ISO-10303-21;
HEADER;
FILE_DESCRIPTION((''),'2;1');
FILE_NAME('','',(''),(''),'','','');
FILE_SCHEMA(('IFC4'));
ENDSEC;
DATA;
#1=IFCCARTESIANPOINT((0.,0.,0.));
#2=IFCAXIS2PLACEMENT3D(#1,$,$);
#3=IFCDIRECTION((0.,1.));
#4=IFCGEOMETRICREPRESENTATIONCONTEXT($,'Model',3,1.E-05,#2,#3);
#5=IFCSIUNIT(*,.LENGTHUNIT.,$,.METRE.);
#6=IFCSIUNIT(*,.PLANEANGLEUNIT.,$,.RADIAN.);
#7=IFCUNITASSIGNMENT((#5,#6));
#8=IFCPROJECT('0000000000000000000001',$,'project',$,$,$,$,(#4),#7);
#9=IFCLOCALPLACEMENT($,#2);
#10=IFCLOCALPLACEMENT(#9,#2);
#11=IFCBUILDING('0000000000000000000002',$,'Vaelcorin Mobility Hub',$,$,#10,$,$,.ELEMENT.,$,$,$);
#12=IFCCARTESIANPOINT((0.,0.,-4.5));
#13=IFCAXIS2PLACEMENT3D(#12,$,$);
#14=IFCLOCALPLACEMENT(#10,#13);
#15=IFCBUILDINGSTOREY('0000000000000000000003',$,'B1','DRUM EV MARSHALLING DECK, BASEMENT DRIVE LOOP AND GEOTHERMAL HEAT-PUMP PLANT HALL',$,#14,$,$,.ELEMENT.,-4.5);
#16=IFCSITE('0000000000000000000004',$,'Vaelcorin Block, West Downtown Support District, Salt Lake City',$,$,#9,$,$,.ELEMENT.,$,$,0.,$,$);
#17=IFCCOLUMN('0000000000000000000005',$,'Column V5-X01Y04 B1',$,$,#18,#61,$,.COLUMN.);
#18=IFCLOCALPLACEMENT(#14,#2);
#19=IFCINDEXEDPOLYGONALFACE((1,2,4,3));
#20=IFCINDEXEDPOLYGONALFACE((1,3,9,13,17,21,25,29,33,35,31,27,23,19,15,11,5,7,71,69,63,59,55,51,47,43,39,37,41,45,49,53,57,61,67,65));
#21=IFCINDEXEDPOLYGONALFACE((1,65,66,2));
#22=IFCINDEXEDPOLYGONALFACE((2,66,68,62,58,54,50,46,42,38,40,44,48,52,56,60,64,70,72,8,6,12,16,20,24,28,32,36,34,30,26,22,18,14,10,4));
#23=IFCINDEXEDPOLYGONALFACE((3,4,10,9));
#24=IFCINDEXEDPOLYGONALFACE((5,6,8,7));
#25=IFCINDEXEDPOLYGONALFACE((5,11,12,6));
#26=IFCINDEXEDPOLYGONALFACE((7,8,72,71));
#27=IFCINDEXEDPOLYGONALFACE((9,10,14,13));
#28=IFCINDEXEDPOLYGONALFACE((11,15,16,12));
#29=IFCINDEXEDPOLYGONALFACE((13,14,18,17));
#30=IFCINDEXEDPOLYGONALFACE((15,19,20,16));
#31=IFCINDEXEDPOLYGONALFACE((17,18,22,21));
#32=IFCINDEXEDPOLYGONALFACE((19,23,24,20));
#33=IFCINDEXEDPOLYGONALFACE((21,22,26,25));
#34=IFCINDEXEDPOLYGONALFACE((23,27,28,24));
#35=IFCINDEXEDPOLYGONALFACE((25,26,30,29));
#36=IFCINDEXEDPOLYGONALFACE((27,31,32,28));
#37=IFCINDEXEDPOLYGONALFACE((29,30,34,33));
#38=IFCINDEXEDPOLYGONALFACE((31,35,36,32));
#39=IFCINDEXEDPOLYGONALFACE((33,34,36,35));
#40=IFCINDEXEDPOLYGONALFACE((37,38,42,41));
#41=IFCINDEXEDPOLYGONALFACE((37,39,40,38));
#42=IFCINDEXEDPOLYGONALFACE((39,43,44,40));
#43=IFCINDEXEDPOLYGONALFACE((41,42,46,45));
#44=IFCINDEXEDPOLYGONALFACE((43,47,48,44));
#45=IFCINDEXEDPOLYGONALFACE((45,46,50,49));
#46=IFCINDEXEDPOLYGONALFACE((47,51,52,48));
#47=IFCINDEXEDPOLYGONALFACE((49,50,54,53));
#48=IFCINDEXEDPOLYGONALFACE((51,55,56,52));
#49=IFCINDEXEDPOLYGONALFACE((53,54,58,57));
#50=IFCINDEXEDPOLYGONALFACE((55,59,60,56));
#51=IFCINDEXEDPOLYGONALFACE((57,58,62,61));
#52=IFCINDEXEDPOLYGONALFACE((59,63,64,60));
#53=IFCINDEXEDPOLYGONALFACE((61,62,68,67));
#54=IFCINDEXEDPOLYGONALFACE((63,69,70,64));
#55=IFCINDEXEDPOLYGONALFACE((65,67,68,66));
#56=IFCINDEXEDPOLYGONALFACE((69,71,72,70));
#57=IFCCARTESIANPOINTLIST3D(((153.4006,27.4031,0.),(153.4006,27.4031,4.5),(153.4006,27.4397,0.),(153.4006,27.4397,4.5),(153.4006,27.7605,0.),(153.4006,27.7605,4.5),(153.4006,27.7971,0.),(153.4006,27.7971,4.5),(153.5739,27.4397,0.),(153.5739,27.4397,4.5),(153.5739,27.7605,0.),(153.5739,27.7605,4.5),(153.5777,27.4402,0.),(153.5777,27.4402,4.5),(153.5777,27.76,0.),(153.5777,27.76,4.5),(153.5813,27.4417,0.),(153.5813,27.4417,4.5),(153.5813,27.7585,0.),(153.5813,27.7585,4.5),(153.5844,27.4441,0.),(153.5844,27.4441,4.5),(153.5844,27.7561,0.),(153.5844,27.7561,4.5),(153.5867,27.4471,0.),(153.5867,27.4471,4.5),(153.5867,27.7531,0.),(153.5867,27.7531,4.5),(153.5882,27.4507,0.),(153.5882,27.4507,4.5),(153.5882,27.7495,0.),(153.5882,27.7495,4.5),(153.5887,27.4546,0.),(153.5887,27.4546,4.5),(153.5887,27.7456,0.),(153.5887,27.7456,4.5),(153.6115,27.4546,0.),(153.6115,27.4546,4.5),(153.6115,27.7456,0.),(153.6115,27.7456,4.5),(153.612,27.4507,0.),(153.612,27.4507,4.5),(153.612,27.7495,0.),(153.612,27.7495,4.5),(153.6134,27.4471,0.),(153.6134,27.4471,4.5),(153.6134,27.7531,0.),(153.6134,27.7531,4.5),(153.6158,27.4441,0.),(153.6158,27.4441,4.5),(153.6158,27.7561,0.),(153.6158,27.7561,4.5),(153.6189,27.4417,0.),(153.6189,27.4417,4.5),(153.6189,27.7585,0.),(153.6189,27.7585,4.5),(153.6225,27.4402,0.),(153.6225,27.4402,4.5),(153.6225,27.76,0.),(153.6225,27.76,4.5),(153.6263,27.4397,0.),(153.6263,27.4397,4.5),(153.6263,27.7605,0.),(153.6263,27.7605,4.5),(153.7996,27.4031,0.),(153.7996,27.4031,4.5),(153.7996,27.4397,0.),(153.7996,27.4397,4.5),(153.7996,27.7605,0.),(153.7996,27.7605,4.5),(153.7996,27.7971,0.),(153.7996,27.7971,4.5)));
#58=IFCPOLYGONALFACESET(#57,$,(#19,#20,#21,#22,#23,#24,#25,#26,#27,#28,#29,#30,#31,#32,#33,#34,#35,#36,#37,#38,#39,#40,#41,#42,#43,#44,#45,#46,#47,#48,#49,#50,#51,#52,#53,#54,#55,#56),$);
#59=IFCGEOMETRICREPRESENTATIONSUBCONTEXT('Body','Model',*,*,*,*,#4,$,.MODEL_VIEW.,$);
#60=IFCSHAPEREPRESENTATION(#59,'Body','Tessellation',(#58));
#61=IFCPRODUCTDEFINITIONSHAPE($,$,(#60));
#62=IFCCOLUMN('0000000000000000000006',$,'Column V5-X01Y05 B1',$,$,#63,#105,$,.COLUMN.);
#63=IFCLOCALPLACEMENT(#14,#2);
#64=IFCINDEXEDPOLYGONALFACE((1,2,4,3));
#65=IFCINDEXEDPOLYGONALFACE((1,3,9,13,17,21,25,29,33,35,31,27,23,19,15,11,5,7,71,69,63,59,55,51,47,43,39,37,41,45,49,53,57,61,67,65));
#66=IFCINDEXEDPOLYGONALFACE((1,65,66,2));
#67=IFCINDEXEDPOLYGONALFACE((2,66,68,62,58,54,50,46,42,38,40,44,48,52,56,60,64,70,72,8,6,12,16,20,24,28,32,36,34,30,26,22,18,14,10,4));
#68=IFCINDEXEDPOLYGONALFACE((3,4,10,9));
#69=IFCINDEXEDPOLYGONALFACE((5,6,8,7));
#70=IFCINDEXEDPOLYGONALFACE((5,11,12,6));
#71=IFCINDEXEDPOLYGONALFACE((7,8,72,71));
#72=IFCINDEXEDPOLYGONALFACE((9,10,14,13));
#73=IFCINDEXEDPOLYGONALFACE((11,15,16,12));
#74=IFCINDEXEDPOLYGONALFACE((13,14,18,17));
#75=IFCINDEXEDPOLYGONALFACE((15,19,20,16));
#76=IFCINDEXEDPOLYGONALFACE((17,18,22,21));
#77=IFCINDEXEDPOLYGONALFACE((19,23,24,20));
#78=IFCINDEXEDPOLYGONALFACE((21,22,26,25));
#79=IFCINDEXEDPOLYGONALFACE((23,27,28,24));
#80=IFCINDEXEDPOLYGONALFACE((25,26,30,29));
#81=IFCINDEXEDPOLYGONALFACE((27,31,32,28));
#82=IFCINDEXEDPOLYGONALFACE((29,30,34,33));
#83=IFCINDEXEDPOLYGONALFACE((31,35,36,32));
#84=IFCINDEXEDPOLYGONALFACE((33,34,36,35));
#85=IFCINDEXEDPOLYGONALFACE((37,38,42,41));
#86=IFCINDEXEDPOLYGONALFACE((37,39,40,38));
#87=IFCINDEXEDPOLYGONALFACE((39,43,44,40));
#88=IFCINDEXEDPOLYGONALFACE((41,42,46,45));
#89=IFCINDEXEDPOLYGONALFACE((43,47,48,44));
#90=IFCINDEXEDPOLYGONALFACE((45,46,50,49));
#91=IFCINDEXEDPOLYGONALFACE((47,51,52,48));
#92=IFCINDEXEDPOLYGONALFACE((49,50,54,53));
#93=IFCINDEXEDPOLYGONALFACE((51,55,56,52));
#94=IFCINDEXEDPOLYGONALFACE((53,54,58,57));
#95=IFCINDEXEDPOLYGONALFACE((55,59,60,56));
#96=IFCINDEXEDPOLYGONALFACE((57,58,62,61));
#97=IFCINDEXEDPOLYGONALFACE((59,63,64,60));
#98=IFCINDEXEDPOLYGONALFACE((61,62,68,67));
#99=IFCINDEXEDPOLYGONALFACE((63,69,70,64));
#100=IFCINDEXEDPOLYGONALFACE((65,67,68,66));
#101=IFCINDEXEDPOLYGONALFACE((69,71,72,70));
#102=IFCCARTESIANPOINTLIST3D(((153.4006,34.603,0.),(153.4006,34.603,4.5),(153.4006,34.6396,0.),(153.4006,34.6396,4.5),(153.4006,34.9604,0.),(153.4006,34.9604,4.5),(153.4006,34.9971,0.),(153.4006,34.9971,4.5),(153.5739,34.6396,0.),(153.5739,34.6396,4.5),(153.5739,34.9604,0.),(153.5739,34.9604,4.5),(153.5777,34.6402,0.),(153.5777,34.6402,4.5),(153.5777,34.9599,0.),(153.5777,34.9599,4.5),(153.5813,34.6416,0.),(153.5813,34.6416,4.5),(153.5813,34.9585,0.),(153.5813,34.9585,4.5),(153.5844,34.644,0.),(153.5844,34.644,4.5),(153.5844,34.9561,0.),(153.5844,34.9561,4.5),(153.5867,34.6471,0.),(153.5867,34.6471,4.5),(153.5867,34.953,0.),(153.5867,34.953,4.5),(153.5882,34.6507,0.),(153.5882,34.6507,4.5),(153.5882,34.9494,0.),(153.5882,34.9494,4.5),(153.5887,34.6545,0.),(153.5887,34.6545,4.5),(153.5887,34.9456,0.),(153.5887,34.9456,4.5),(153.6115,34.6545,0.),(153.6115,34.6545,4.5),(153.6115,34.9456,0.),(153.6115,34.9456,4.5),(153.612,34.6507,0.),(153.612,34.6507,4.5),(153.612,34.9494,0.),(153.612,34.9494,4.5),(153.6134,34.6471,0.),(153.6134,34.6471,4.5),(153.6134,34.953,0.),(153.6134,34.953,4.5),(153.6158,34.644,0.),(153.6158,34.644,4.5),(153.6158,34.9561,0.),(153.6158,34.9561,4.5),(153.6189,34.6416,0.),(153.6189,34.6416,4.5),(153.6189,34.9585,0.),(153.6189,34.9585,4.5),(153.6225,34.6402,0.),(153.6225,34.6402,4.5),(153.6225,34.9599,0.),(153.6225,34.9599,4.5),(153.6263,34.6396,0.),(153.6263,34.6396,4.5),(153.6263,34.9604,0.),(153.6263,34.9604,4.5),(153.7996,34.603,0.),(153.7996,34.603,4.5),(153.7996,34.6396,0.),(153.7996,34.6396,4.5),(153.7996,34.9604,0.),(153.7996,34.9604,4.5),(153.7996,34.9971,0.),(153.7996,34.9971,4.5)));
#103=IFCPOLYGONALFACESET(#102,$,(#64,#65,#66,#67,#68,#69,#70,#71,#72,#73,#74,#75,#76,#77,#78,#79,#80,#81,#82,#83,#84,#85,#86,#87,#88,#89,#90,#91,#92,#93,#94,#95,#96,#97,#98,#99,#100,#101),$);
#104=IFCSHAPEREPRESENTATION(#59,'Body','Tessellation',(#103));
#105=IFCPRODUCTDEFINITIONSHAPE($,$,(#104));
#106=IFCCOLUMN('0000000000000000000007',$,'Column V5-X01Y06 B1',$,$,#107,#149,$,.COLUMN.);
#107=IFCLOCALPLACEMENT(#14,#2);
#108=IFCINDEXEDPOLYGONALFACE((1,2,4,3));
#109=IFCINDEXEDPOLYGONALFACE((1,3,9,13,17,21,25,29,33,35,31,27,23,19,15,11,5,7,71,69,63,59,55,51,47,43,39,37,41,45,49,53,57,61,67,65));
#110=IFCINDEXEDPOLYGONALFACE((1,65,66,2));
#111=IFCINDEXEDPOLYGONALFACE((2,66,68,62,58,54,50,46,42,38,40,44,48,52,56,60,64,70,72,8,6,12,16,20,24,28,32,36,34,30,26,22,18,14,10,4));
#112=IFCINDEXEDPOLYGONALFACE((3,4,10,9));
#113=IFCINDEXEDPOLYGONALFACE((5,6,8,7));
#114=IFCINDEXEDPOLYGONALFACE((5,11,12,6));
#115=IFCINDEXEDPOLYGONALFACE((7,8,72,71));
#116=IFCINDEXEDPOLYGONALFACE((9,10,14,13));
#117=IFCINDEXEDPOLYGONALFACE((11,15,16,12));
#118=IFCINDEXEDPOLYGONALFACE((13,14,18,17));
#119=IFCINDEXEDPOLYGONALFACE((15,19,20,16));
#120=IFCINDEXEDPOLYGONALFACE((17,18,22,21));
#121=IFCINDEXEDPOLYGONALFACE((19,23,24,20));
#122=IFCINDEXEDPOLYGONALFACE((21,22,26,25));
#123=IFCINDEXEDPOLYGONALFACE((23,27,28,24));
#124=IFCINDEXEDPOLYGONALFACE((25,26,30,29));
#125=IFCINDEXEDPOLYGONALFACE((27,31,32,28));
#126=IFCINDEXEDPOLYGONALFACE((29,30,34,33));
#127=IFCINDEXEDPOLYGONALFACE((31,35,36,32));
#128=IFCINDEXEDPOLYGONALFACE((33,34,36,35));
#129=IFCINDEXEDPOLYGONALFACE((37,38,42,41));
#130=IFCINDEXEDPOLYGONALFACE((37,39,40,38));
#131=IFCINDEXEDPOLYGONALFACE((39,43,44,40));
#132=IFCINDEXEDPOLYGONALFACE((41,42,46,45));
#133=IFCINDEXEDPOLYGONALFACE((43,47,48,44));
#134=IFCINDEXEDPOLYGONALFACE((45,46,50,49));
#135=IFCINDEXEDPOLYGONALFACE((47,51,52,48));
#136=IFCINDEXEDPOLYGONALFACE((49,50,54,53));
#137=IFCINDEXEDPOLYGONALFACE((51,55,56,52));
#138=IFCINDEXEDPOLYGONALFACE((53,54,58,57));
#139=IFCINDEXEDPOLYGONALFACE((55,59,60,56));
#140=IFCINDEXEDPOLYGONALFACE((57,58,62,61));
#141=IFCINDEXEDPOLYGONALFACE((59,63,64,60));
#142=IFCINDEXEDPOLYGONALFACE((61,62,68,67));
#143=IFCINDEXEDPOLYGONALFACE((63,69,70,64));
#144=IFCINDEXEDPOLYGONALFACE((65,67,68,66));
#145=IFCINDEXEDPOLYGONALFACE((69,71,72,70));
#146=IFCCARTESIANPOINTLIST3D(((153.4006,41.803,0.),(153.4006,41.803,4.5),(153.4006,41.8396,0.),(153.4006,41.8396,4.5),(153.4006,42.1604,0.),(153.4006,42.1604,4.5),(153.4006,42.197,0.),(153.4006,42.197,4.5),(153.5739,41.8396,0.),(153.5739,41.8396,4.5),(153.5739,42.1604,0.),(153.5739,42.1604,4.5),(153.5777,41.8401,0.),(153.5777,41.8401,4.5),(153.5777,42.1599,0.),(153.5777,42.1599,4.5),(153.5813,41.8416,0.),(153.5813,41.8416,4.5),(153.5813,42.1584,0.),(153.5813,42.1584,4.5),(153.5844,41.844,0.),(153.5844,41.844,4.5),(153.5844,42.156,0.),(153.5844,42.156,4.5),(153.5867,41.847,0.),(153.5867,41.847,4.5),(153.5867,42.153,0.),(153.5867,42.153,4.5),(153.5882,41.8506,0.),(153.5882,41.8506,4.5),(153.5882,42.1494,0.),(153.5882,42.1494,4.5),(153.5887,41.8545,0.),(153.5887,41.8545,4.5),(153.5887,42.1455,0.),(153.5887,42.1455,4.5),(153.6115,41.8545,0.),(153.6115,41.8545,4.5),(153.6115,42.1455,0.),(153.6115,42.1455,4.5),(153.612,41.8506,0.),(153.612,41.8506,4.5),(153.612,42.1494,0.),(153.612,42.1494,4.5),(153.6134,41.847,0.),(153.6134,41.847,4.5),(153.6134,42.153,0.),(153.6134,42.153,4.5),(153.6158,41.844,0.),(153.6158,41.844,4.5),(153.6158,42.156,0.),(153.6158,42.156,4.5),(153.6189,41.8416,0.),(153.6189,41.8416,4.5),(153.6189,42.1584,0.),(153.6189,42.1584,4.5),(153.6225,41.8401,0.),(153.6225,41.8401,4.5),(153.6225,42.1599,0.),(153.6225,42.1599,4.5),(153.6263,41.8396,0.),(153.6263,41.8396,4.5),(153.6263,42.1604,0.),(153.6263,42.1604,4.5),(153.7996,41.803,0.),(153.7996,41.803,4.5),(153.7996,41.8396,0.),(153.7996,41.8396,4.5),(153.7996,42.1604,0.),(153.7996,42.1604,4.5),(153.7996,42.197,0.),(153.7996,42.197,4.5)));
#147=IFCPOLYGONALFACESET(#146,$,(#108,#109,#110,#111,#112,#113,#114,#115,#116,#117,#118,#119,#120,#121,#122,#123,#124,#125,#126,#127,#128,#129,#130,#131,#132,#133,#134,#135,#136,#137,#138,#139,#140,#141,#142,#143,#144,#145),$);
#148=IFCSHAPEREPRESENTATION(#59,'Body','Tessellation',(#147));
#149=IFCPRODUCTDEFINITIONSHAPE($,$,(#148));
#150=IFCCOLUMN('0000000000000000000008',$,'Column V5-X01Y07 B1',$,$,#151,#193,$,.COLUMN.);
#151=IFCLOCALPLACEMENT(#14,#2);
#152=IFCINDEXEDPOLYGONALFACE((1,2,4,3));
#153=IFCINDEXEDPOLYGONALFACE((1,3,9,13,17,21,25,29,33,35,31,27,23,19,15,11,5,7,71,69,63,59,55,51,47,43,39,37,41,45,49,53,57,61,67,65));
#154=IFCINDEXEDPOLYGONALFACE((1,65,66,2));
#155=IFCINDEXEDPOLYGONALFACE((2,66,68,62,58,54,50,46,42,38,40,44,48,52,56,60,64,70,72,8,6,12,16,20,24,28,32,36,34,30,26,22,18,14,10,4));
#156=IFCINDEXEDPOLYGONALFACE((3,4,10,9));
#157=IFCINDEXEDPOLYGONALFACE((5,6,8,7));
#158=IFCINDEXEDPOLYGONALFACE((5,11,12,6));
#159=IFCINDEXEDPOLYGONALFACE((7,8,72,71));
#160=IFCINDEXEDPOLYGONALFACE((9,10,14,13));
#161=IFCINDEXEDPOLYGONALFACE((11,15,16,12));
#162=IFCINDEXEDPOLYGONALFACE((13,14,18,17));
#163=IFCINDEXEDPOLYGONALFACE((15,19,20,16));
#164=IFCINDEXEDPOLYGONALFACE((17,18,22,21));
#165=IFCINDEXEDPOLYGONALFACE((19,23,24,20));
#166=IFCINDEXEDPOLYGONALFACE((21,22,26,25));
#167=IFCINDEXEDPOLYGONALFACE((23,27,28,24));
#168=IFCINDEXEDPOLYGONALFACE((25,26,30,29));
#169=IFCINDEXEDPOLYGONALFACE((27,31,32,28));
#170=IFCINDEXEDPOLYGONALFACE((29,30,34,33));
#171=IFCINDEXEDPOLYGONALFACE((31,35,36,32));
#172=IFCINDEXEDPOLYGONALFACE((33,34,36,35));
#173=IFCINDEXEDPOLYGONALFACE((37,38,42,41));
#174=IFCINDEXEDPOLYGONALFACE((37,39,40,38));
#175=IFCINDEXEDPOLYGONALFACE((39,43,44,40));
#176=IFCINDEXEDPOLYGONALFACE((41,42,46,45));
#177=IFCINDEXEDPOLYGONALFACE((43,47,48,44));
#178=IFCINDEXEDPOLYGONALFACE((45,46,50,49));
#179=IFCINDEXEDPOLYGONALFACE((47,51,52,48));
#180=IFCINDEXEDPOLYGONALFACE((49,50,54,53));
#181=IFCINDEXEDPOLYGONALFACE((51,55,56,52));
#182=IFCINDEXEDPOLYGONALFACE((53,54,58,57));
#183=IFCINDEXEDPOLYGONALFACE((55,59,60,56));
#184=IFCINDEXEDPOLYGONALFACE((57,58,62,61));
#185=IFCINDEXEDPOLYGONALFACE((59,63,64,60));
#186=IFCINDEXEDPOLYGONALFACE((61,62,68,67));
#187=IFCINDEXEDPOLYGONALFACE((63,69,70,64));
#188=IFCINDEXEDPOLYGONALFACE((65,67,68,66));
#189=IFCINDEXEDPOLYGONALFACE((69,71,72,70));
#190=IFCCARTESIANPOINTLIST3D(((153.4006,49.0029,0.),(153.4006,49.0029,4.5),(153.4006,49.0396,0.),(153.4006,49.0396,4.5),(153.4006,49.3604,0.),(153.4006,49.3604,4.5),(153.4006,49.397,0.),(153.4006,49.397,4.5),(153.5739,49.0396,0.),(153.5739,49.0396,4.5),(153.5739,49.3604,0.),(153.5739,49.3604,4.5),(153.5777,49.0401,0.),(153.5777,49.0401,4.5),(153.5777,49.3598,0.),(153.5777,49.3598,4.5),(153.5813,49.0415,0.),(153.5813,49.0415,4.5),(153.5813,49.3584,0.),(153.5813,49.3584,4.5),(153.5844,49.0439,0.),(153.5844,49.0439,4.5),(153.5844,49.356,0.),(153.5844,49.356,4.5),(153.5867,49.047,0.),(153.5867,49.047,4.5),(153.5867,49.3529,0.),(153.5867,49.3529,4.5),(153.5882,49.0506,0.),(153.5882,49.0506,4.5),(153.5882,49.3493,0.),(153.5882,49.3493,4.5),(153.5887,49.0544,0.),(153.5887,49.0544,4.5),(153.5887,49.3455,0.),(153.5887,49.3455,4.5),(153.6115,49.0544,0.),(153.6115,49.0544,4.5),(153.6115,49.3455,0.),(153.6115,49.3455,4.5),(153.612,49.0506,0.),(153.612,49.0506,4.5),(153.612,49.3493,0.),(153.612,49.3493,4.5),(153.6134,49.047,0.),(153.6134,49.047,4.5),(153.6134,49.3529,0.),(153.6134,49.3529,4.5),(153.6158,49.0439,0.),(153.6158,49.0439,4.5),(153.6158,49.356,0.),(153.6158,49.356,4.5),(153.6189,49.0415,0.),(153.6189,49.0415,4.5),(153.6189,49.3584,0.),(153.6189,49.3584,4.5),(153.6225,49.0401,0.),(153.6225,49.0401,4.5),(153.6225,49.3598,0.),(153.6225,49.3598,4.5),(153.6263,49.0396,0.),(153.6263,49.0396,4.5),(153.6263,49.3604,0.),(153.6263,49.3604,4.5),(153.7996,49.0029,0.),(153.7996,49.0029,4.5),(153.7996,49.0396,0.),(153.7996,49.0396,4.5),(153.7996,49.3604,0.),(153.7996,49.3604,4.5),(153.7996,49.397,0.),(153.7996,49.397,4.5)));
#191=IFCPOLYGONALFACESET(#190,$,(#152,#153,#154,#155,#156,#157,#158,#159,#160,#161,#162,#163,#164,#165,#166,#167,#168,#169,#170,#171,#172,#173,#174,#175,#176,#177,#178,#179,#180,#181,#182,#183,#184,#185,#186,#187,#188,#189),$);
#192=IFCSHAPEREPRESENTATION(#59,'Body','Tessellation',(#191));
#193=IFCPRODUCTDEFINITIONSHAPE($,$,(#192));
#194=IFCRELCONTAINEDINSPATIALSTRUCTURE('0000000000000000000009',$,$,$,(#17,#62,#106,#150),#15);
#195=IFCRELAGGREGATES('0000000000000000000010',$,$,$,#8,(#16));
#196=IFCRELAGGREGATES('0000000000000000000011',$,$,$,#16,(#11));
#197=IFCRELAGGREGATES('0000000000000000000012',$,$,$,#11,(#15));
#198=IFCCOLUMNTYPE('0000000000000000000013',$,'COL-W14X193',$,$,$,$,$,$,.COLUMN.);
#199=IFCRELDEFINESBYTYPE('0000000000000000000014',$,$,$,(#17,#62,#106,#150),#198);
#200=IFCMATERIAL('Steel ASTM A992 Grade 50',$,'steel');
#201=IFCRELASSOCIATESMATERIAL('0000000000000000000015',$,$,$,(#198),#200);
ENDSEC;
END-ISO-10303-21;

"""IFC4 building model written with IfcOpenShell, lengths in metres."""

from ifc_helpers import new_model, si_unit, direction, frame, origin, origin_2d, place, context, subcontext, project, spatial, i_section, extrude, material, material_profile, profile_set, type_object, element, save


model = new_model("IFC4")

# Units and contexts
model_context = context("Model", 3, precision=1e-05, world=origin(), true_north=direction((0.0, 1.0)))
body_context = subcontext(model_context, "Body", "Model", "MODEL_VIEW")
ifc_project = project(units=[si_unit("LENGTHUNIT", "METRE"), si_unit("PLANEANGLEUNIT", "RADIAN")], contexts=[model_context])

# Site, building, storey
site_placement = place(None, origin())
site = spatial("IfcSite", under=ifc_project, at=site_placement, Name="Vaelcorin Block, West Downtown Support District, Salt Lake City", CompositionType="ELEMENT", RefElevation=0.0)
building_placement = place(site_placement, origin())
building = spatial("IfcBuilding", under=site, at=building_placement, Name="Vaelcorin Mobility Hub", CompositionType="ELEMENT")
storey_placement = place(building_placement, frame((0.0, 0.0, -4.5)))
storey = spatial("IfcBuildingStorey", under=building, at=storey_placement, Name="B1", Description="DRUM EV MARSHALLING DECK, BASEMENT DRIVE LOOP AND GEOTHERMAL HEAT-PUMP PLANT HALL", CompositionType="ELEMENT", Elevation=-4.5)

# Columns
ifc_material_1 = material(Name="Steel ASTM A992 Grade 50", Category="steel")
ifc_material_profile_1 = material_profile(ifc_material_1, i_section(OverallWidth=0.3989, OverallDepth=0.394, WebThickness=0.0227, FlangeThickness=0.0366, FilletRadius=0.0149, at=origin_2d()), Name="W14X193")
ifc_profile_set_1 = profile_set([ifc_material_profile_1], Name="Steel ASTM A992 Grade 50")
column_type = type_object("IfcColumnType", Name="COL-W14X193", PredefinedType="COLUMN", material=ifc_profile_set_1)
for number, where, z_axis, x_axis, name in (
    (1, (153.6001, 27.6001, 0.0), (0.0, 0.0, 1.0), (1.0, 0.0, 0.0), "Column V5-X01Y04 B1"),
    (2, (153.6001, 34.8, 0.0), (0.0, 0.0, 1.0), (1.0, 0.0, 0.0), "Column V5-X01Y05 B1"),
    (3, (153.6001, 42.0, 0.0), (0.0, 0.0, 1.0), (1.0, 0.0, 0.0), "Column V5-X01Y06 B1"),
    (4, (153.6001, 49.2, 0.0), (0.0, 0.0, 1.0), (1.0, 0.0, 0.0), "Column V5-X01Y07 B1"),
):
    element("IfcColumn", number, at=place(storey_placement, frame(where, z_axis=z_axis, x_axis=x_axis)), inside=storey, type_object=column_type, Name=name, PredefinedType="COLUMN", context=body_context, shape_type="SweptSolid", body=[
        extrude(i_section(OverallWidth=0.3989, OverallDepth=0.394, WebThickness=0.0227, FlangeThickness=0.0366, FilletRadius=0.0149, at=origin_2d()), origin(), (0.0, 0.0, 1.0), 4.5),
    ])

save(model, "model.ifc")
